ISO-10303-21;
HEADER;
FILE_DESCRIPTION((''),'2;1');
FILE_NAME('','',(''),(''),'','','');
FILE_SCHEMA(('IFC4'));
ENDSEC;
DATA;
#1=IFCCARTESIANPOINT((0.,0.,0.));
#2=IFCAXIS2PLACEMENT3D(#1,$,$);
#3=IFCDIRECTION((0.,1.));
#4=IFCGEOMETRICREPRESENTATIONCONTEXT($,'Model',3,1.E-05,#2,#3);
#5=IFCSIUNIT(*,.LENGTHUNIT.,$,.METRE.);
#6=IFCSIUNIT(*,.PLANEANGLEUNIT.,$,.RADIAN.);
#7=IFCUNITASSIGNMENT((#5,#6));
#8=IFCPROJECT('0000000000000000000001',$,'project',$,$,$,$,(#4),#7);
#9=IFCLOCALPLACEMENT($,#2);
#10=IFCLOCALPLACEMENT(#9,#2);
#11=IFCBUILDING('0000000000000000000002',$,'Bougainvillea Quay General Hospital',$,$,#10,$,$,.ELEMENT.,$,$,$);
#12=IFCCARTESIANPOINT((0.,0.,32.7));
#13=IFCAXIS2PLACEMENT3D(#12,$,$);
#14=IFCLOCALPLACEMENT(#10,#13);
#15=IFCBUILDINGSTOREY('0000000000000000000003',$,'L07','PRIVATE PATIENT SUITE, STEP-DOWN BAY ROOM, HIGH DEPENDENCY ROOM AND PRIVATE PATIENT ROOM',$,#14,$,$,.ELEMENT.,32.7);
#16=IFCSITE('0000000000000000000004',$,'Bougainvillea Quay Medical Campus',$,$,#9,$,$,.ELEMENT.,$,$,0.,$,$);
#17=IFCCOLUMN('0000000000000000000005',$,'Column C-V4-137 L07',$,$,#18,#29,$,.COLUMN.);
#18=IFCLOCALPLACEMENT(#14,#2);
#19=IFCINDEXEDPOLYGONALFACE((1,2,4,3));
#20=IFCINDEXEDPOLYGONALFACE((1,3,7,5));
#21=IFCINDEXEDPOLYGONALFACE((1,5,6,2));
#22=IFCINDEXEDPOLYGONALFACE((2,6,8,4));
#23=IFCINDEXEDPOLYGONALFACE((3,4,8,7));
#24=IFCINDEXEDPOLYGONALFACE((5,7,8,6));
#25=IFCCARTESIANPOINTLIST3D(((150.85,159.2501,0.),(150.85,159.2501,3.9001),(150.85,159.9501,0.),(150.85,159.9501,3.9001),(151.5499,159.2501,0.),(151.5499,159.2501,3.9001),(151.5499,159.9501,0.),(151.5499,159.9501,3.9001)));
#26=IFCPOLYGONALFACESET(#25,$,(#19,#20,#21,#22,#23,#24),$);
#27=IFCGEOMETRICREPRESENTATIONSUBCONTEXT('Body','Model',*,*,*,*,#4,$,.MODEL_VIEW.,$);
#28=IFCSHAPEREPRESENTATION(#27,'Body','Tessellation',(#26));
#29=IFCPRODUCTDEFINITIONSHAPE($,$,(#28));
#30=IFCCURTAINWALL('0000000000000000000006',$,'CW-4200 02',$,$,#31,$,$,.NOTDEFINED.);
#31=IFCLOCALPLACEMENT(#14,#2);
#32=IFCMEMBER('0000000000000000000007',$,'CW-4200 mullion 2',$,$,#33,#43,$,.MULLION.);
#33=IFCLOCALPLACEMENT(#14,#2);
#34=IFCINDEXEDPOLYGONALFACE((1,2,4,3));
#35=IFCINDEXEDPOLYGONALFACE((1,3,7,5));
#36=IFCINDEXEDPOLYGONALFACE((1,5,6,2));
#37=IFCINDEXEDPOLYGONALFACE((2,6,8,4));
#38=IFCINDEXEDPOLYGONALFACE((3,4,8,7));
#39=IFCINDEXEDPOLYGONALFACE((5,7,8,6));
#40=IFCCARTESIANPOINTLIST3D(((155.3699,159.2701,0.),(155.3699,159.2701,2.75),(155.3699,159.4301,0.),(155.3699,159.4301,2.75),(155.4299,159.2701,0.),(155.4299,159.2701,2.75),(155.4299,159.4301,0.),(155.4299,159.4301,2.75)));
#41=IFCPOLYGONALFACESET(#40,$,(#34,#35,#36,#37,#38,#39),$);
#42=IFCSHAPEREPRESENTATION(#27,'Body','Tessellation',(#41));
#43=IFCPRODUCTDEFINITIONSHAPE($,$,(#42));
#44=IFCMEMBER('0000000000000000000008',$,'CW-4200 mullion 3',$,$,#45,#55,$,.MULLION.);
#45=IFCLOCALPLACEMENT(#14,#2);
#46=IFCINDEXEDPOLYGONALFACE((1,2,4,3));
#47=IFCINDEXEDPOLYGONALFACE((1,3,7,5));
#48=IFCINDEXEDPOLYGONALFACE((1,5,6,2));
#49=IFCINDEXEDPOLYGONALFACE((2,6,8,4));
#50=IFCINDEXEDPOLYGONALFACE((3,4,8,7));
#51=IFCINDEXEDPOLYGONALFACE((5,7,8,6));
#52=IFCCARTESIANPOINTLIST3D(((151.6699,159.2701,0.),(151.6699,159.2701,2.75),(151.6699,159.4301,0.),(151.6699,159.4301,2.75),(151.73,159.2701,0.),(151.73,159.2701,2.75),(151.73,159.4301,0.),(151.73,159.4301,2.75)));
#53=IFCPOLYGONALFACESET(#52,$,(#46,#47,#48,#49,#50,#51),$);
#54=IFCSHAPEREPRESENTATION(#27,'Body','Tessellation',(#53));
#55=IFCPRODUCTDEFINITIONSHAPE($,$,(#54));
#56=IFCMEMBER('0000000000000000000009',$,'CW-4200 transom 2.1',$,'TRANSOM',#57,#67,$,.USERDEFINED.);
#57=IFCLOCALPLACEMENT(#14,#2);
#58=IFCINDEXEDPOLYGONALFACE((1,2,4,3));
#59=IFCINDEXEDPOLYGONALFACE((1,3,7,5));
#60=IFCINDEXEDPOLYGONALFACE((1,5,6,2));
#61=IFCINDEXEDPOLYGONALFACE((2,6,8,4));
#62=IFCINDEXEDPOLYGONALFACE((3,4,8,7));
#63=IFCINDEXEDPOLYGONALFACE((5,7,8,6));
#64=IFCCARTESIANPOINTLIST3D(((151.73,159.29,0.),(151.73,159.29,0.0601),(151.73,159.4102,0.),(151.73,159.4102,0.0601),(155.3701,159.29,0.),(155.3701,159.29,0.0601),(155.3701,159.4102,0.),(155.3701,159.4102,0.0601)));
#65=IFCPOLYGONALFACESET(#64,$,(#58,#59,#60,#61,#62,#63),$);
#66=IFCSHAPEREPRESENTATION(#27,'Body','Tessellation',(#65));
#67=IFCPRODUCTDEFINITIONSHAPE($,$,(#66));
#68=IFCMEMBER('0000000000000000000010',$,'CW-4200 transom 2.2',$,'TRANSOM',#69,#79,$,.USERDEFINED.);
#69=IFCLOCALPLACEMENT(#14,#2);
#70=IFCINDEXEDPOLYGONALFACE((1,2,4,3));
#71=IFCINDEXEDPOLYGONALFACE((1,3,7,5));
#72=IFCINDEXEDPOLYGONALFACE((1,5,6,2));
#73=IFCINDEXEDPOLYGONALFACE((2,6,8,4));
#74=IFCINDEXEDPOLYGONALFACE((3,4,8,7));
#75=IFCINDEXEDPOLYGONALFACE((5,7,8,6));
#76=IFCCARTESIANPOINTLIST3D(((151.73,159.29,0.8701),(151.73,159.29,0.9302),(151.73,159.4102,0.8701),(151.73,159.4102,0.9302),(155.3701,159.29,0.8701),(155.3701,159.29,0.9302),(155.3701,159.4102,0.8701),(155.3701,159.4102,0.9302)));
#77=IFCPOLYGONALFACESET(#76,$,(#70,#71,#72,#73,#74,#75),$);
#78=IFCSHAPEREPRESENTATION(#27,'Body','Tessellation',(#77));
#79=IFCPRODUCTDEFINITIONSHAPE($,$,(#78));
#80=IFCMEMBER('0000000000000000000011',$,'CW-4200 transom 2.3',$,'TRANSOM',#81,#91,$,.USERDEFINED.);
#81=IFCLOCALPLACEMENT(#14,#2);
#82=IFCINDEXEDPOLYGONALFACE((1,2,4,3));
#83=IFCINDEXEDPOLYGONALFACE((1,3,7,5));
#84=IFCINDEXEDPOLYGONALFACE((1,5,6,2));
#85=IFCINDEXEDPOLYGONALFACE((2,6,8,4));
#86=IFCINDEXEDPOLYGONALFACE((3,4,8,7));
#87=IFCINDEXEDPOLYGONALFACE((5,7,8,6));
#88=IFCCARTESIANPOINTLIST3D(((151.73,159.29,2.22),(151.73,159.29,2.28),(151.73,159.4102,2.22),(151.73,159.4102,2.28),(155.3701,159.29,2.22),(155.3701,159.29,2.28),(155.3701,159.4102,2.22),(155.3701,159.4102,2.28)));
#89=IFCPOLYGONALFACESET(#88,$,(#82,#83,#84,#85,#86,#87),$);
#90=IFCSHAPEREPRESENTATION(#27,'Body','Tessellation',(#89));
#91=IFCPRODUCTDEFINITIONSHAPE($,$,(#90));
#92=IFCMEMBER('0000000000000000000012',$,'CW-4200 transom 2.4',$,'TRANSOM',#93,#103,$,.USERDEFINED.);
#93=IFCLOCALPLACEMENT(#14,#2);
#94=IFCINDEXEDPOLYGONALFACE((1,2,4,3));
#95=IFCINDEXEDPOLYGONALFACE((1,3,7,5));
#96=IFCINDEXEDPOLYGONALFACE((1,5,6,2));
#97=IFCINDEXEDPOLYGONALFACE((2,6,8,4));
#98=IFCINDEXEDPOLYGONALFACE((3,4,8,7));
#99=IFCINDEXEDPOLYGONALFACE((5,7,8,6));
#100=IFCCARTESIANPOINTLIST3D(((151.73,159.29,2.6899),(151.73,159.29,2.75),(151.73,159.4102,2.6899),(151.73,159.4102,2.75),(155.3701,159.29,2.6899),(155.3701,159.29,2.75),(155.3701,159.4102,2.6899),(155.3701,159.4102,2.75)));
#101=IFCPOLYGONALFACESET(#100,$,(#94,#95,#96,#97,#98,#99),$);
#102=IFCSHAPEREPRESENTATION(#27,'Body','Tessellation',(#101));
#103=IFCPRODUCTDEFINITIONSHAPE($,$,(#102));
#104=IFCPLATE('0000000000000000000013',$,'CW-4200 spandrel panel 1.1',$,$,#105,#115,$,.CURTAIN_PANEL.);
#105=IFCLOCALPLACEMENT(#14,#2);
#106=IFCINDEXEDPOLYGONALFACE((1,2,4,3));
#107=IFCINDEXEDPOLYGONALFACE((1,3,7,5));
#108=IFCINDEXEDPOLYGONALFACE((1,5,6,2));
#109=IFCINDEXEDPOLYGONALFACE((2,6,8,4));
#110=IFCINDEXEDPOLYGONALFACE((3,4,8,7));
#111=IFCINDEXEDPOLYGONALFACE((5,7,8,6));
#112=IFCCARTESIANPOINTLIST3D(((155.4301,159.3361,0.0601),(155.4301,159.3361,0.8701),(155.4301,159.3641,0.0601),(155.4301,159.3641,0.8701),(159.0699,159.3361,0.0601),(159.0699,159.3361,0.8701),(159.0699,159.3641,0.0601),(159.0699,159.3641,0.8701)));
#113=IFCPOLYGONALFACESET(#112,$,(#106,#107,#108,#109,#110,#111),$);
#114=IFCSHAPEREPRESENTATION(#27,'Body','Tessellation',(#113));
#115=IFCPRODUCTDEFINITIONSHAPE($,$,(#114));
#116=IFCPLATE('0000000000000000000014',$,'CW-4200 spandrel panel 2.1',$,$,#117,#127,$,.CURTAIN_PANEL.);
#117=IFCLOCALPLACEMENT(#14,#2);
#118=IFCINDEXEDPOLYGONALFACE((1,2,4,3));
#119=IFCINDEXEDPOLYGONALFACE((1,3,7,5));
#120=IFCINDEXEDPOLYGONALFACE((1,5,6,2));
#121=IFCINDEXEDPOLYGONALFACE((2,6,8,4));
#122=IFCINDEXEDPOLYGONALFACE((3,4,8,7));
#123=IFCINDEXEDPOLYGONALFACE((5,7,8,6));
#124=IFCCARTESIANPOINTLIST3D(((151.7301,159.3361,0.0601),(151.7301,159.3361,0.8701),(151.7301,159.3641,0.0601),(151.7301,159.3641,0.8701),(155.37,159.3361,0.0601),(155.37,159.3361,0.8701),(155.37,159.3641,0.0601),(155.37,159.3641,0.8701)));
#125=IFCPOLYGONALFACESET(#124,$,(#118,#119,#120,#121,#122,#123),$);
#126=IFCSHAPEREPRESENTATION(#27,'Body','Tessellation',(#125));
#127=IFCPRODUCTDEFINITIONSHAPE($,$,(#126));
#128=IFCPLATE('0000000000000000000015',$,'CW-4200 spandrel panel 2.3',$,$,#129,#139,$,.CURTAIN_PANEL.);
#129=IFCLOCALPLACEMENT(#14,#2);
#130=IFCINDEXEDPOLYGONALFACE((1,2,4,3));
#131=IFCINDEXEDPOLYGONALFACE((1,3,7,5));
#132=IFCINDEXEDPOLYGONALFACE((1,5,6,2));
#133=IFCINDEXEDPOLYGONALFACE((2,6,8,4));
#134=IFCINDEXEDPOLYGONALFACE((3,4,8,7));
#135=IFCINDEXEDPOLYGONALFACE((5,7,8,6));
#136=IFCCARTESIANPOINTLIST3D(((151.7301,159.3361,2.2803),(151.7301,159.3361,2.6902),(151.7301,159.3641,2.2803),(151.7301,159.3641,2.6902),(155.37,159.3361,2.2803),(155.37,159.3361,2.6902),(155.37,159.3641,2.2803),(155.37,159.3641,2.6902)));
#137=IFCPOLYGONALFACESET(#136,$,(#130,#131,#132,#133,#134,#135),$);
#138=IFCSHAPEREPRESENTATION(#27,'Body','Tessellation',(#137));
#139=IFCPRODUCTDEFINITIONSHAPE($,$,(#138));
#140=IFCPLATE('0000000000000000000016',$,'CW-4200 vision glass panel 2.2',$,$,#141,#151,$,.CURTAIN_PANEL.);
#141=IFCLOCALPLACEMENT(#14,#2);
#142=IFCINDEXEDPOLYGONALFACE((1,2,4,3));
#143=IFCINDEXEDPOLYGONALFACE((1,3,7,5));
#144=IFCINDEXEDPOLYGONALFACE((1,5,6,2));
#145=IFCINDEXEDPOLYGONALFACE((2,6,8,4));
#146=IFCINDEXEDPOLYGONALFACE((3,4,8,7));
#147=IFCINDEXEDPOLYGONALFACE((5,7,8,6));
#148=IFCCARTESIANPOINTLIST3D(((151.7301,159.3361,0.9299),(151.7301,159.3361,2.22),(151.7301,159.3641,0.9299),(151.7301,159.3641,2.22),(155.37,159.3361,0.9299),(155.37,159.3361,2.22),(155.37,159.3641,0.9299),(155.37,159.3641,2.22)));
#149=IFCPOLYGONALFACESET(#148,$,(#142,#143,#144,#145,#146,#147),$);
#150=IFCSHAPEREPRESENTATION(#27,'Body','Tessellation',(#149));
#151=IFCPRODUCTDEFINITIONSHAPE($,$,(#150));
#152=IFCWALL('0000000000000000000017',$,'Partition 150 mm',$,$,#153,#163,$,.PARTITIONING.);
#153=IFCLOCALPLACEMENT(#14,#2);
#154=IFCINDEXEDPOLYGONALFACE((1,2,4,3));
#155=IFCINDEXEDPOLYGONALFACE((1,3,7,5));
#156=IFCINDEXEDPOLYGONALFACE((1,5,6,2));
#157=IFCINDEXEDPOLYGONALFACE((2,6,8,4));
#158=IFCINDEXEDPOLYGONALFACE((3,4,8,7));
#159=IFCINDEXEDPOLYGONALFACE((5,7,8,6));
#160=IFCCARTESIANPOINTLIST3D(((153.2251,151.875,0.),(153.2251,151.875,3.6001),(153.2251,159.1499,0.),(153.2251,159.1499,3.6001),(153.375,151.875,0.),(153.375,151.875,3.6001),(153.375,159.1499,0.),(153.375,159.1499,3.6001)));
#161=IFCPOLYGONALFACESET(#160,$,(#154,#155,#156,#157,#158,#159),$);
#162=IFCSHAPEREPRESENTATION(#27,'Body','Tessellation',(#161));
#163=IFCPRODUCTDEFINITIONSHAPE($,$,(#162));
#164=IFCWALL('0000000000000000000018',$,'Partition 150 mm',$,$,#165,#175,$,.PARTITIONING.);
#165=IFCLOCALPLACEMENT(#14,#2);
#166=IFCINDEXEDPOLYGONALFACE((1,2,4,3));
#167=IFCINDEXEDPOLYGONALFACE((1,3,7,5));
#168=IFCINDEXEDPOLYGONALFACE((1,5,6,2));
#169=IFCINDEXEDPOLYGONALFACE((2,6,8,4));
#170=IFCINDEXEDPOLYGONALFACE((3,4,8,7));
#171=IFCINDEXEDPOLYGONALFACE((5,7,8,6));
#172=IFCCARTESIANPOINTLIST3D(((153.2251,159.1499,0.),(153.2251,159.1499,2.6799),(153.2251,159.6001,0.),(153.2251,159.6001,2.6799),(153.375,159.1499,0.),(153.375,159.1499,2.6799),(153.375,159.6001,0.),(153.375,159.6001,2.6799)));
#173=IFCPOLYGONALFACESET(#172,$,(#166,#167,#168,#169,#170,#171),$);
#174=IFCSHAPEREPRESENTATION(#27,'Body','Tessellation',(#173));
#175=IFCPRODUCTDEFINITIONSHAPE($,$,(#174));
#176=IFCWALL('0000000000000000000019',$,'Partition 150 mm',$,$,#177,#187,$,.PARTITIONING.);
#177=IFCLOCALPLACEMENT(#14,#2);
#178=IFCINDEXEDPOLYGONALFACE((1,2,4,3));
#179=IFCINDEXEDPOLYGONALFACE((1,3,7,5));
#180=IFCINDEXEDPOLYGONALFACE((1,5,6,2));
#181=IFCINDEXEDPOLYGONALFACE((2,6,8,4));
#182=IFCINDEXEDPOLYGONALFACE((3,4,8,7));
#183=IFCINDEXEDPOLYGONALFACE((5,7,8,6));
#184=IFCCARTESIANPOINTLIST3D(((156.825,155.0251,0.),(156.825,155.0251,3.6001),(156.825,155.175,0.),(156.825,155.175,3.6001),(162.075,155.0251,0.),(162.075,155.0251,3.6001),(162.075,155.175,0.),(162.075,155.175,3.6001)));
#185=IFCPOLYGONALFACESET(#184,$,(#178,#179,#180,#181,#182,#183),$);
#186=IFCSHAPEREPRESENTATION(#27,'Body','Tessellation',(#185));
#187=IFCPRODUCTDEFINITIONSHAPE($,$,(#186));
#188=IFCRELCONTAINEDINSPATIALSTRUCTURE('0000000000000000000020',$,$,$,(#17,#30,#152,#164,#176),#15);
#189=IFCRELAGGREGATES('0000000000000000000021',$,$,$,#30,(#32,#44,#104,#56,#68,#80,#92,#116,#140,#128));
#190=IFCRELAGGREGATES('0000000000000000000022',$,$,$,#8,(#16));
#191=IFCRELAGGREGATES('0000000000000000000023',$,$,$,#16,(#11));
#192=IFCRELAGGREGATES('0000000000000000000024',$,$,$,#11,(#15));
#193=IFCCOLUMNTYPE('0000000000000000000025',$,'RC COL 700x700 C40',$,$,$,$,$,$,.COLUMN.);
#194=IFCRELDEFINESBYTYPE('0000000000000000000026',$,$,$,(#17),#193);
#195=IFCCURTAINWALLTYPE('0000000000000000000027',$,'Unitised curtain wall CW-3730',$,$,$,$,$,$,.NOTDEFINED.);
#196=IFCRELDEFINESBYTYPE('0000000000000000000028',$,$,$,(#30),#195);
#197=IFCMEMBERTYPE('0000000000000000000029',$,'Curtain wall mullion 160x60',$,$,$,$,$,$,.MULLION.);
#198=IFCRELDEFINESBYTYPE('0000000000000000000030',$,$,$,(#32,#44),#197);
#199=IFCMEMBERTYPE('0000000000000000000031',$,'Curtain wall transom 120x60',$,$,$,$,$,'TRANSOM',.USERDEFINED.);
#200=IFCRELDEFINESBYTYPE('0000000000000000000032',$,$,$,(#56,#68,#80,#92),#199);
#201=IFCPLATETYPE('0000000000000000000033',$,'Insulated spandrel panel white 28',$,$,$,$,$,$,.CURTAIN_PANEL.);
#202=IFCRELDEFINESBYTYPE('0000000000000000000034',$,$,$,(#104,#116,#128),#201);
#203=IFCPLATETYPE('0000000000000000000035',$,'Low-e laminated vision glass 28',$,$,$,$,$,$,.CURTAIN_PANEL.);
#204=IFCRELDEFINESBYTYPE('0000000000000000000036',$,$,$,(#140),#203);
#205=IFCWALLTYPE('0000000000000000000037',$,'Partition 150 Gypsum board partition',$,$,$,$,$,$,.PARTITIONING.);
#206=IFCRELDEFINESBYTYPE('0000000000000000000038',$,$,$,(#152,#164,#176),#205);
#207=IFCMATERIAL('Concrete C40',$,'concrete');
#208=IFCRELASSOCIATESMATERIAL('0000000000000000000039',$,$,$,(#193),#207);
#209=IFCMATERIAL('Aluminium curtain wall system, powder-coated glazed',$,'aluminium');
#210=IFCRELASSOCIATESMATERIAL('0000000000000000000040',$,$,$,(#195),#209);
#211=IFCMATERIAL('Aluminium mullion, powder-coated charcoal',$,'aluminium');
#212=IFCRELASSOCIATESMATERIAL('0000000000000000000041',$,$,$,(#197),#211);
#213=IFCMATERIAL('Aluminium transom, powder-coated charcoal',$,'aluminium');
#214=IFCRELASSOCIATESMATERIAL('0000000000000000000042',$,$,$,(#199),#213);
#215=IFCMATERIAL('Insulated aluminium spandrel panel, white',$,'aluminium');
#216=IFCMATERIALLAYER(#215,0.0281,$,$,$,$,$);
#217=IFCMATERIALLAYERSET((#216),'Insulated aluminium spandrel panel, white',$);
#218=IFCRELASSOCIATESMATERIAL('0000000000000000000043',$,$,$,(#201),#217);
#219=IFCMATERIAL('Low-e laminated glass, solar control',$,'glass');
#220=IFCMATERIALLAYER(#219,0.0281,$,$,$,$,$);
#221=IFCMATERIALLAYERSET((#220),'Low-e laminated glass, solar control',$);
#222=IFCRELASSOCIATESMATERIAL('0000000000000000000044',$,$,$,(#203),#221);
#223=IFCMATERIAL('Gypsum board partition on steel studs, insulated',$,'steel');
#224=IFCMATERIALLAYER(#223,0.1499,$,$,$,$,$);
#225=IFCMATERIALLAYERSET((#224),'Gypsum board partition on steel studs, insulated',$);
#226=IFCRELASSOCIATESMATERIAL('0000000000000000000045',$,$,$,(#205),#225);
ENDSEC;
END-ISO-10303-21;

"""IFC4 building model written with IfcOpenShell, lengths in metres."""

from ifc_helpers import new_model, si_unit, direction, frame, frame_2d, origin, origin_2d, place, context, subcontext, project, spatial, rectangle, extrude, material, layer, layer_set, material_profile, profile_set, type_object, element, aggregate, save


model = new_model("IFC4")

# Units and contexts
model_context = context("Model", 3, precision=1e-05, world=origin(), true_north=direction((0.0, 1.0)))
body_context = subcontext(model_context, "Body", "Model", "MODEL_VIEW")
ifc_project = project(units=[si_unit("LENGTHUNIT", "METRE"), si_unit("PLANEANGLEUNIT", "RADIAN")], contexts=[model_context])

# Site, building, storey
site_placement = place(None, origin())
site = spatial("IfcSite", under=ifc_project, at=site_placement, Name="Bougainvillea Quay Medical Campus", CompositionType="ELEMENT", RefElevation=0.0)
building_placement = place(site_placement, origin())
building = spatial("IfcBuilding", under=site, at=building_placement, Name="Bougainvillea Quay General Hospital", CompositionType="ELEMENT")
storey_placement = place(building_placement, frame((0.0, 0.0, 32.7)))
storey = spatial("IfcBuildingStorey", under=building, at=storey_placement, Name="L07", Description="PRIVATE PATIENT SUITE, STEP-DOWN BAY ROOM, HIGH DEPENDENCY ROOM AND PRIVATE PATIENT ROOM", CompositionType="ELEMENT", Elevation=32.7)

# Column
ifc_material_1 = material(Name="Concrete C40", Category="concrete")
ifc_material_profile_1 = material_profile(ifc_material_1, rectangle(XDim=0.7, YDim=0.7, at=origin_2d()))
ifc_profile_set_1 = profile_set([ifc_material_profile_1], Name="Concrete C40")
column_type = type_object("IfcColumnType", Name="RC COL 700x700 C40", PredefinedType="COLUMN", material=ifc_profile_set_1)
column_placement = place(storey_placement, frame((151.2, 159.6001, 0.0), z_axis=(0.0, 0.0, 1.0), x_axis=(1.0, 0.0, 0.0)))
element("IfcColumn", 1, at=column_placement, inside=storey, type_object=column_type, Name="Column C-V4-137 L07", PredefinedType="COLUMN", context=body_context, shape_type="SweptSolid", body=[
    extrude(rectangle(XDim=0.7, YDim=0.7, at=origin_2d()), origin(), (0.0, 0.0, 1.0), 3.9001),
])

# Curtain wall, members, plates
ifc_material_2 = material(Name="Aluminium curtain wall system, powder-coated glazed", Category="aluminium")
curtain_wall_type = type_object("IfcCurtainWallType", Name="Unitised curtain wall CW-3730", PredefinedType="NOTDEFINED", material=ifc_material_2)
curtain_wall_placement = place(storey_placement, origin())
curtain_wall = element("IfcCurtainWall", 2, at=curtain_wall_placement, inside=storey, type_object=curtain_wall_type, Name="CW-4200 02", PredefinedType="NOTDEFINED")
ifc_material_3 = material(Name="Aluminium mullion, powder-coated charcoal", Category="aluminium")
ifc_material_profile_2 = material_profile(ifc_material_3, rectangle(XDim=0.1599, YDim=0.0601, at=origin_2d()))
ifc_profile_set_2 = profile_set([ifc_material_profile_2], Name="Aluminium mullion, powder-coated charcoal")
member_type_1 = type_object("IfcMemberType", Name="Curtain wall mullion 160x60", PredefinedType="MULLION", material=ifc_profile_set_2)
member_1_placement = place(storey_placement, frame((155.3999, 159.3501, 0.0), z_axis=(0.0, 0.0, 1.0), x_axis=(0.0, -1.0, 0.0)))
member_1 = element("IfcMember", 3, at=member_1_placement, type_object=member_type_1, Name="CW-4200 mullion 2", PredefinedType="MULLION", context=body_context, shape_type="SweptSolid", body=[
    extrude(rectangle(XDim=0.1599, YDim=0.0601, at=origin_2d()), origin(), (0.0, 0.0, 1.0), 2.75),
])
member_2_placement = place(storey_placement, frame((151.7, 159.3501, 0.0), z_axis=(0.0, 0.0, 1.0), x_axis=(0.0, -1.0, 0.0)))
member_2 = element("IfcMember", 4, at=member_2_placement, type_object=member_type_1, Name="CW-4200 mullion 3", PredefinedType="MULLION", context=body_context, shape_type="SweptSolid", body=[
    extrude(rectangle(XDim=0.1599, YDim=0.0601, at=origin_2d()), origin(), (0.0, 0.0, 1.0), 2.75),
])
ifc_material_4 = material(Name="Aluminium transom, powder-coated charcoal", Category="aluminium")
ifc_material_profile_3 = material_profile(ifc_material_4, rectangle(XDim=0.1201, YDim=0.0601, at=origin_2d()))
ifc_profile_set_3 = profile_set([ifc_material_profile_3], Name="Aluminium transom, powder-coated charcoal")
member_type_2 = type_object("IfcMemberType", Name="Curtain wall transom 120x60", ElementType="TRANSOM", PredefinedType="USERDEFINED", material=ifc_profile_set_3)
member_3_placement = place(storey_placement, frame((155.3701, 159.3501, 0.03), z_axis=(-1.0, 0.0, 0.0), x_axis=(0.0, -1.0, 0.0)))
member_3 = element("IfcMember", 5, at=member_3_placement, type_object=member_type_2, Name="CW-4200 transom 2.1", ObjectType="TRANSOM", PredefinedType="USERDEFINED", context=body_context, shape_type="SweptSolid", body=[
    extrude(rectangle(XDim=0.1201, YDim=0.0601, at=origin_2d()), origin(), (0.0, 0.0, 1.0), 3.6401),
])
member_4_placement = place(storey_placement, frame((155.3701, 159.3501, 0.9001), z_axis=(-1.0, 0.0, 0.0), x_axis=(0.0, -1.0, 0.0)))
member_4 = element("IfcMember", 6, at=member_4_placement, type_object=member_type_2, Name="CW-4200 transom 2.2", ObjectType="TRANSOM", PredefinedType="USERDEFINED", context=body_context, shape_type="SweptSolid", body=[
    extrude(rectangle(XDim=0.1201, YDim=0.0601, at=origin_2d()), origin(), (0.0, 0.0, 1.0), 3.6401),
])
member_5_placement = place(storey_placement, frame((155.3701, 159.3501, 2.25), z_axis=(-1.0, 0.0, 0.0), x_axis=(0.0, -1.0, 0.0)))
member_5 = element("IfcMember", 7, at=member_5_placement, type_object=member_type_2, Name="CW-4200 transom 2.3", ObjectType="TRANSOM", PredefinedType="USERDEFINED", context=body_context, shape_type="SweptSolid", body=[
    extrude(rectangle(XDim=0.1201, YDim=0.0601, at=origin_2d()), origin(), (0.0, 0.0, 1.0), 3.6401),
])
member_6_placement = place(storey_placement, frame((155.3701, 159.3501, 2.72), z_axis=(-1.0, 0.0, 0.0), x_axis=(0.0, -1.0, 0.0)))
member_6 = element("IfcMember", 8, at=member_6_placement, type_object=member_type_2, Name="CW-4200 transom 2.4", ObjectType="TRANSOM", PredefinedType="USERDEFINED", context=body_context, shape_type="SweptSolid", body=[
    extrude(rectangle(XDim=0.1201, YDim=0.0601, at=origin_2d()), origin(), (0.0, 0.0, 1.0), 3.6401),
])
ifc_material_5 = material(Name="Insulated aluminium spandrel panel, white", Category="aluminium")
ifc_layer_1 = layer(ifc_material_5, 0.0281)
ifc_layer_set_1 = layer_set([ifc_layer_1], Name="Insulated aluminium spandrel panel, white")
plate_type_1 = type_object("IfcPlateType", Name="Insulated spandrel panel white 28", PredefinedType="CURTAIN_PANEL", material=ifc_layer_set_1)
plate_1_placement = place(storey_placement, frame((157.25, 159.3501, 0.0601), z_axis=(0.0, 0.0, 1.0), x_axis=(-1.0, 0.0, 0.0)))
plate_1 = element("IfcPlate", 9, at=plate_1_placement, type_object=plate_type_1, Name="CW-4200 spandrel panel 1.1", PredefinedType="CURTAIN_PANEL", context=body_context, shape_type="SweptSolid", body=[
    extrude(rectangle(XDim=3.6399, YDim=0.0281, at=origin_2d()), origin(), (0.0, 0.0, 1.0), 0.8101),
])
plate_2_placement = place(storey_placement, frame((153.55, 159.3501, 0.0601), z_axis=(0.0, 0.0, 1.0), x_axis=(-1.0, 0.0, 0.0)))
plate_2 = element("IfcPlate", 10, at=plate_2_placement, type_object=plate_type_1, Name="CW-4200 spandrel panel 2.1", PredefinedType="CURTAIN_PANEL", context=body_context, shape_type="SweptSolid", body=[
    extrude(rectangle(XDim=3.6399, YDim=0.0281, at=origin_2d()), origin(), (0.0, 0.0, 1.0), 0.8101),
])
plate_3_placement = place(storey_placement, frame((153.55, 159.3501, 2.2803), z_axis=(0.0, 0.0, 1.0), x_axis=(-1.0, 0.0, 0.0)))
plate_3 = element("IfcPlate", 11, at=plate_3_placement, type_object=plate_type_1, Name="CW-4200 spandrel panel 2.3", PredefinedType="CURTAIN_PANEL", context=body_context, shape_type="SweptSolid", body=[
    extrude(rectangle(XDim=3.6399, YDim=0.0281, at=origin_2d()), origin(), (0.0, 0.0, 1.0), 0.4099),
])
ifc_material_6 = material(Name="Low-e laminated glass, solar control", Category="glass")
ifc_layer_2 = layer(ifc_material_6, 0.0281)
ifc_layer_set_2 = layer_set([ifc_layer_2], Name="Low-e laminated glass, solar control")
plate_type_2 = type_object("IfcPlateType", Name="Low-e laminated vision glass 28", PredefinedType="CURTAIN_PANEL", material=ifc_layer_set_2)
plate_4_placement = place(storey_placement, frame((153.55, 159.3501, 0.9299), z_axis=(0.0, 0.0, 1.0), x_axis=(-1.0, 0.0, 0.0)))
plate_4 = element("IfcPlate", 12, at=plate_4_placement, type_object=plate_type_2, Name="CW-4200 vision glass panel 2.2", PredefinedType="CURTAIN_PANEL", context=body_context, shape_type="SweptSolid", body=[
    extrude(rectangle(XDim=3.6399, YDim=0.0281, at=origin_2d()), origin(), (0.0, 0.0, 1.0), 1.29),
])
aggregate(curtain_wall, [member_1, member_2, plate_1, member_3, member_4, member_5, member_6, plate_2, plate_4, plate_3])

# Walls
ifc_material_7 = material(Name="Gypsum board partition on steel studs, insulated", Category="steel")
ifc_layer_3 = layer(ifc_material_7, 0.1499)
ifc_layer_set_3 = layer_set([ifc_layer_3], Name="Gypsum board partition on steel studs, insulated")
wall_type_1 = type_object("IfcWallType", Name="Partition 150 Gypsum board partition", PredefinedType="PARTITIONING", material=ifc_layer_set_3)
wall_1_placement = place(storey_placement, frame((153.3, 151.875, 0.0), z_axis=(0.0, 0.0, 1.0), x_axis=(0.0, 1.0, 0.0)))
element("IfcWall", 13, at=wall_1_placement, inside=storey, type_object=wall_type_1, Name="Partition 150 mm", PredefinedType="PARTITIONING", context=body_context, shape_type="SweptSolid", body=[
    extrude(rectangle(XDim=7.2749, YDim=0.1499, at=frame_2d((3.6375, 0.0))), origin(), (0.0, 0.0, 1.0), 3.6001),
])
wall_2_placement = place(storey_placement, frame((153.3, 159.1499, 0.0), z_axis=(0.0, 0.0, 1.0), x_axis=(0.0, 1.0, 0.0)))
element("IfcWall", 14, at=wall_2_placement, inside=storey, type_object=wall_type_1, Name="Partition 150 mm", PredefinedType="PARTITIONING", context=body_context, shape_type="SweptSolid", body=[
    extrude(rectangle(XDim=0.4502, YDim=0.1499, at=frame_2d((0.2251, 0.0))), origin(), (0.0, 0.0, 1.0), 2.6799),
])
wall_3_placement = place(storey_placement, frame((156.825, 155.1001, 0.0), z_axis=(0.0, 0.0, 1.0), x_axis=(1.0, 0.0, 0.0)))
element("IfcWall", 15, at=wall_3_placement, inside=storey, type_object=wall_type_1, Name="Partition 150 mm", PredefinedType="PARTITIONING", context=body_context, shape_type="SweptSolid", body=[
    extrude(rectangle(XDim=5.25, YDim=0.1499, at=frame_2d((2.625, 0.0))), origin(), (0.0, 0.0, 1.0), 3.6001),
])

save(model, "model.ifc")
